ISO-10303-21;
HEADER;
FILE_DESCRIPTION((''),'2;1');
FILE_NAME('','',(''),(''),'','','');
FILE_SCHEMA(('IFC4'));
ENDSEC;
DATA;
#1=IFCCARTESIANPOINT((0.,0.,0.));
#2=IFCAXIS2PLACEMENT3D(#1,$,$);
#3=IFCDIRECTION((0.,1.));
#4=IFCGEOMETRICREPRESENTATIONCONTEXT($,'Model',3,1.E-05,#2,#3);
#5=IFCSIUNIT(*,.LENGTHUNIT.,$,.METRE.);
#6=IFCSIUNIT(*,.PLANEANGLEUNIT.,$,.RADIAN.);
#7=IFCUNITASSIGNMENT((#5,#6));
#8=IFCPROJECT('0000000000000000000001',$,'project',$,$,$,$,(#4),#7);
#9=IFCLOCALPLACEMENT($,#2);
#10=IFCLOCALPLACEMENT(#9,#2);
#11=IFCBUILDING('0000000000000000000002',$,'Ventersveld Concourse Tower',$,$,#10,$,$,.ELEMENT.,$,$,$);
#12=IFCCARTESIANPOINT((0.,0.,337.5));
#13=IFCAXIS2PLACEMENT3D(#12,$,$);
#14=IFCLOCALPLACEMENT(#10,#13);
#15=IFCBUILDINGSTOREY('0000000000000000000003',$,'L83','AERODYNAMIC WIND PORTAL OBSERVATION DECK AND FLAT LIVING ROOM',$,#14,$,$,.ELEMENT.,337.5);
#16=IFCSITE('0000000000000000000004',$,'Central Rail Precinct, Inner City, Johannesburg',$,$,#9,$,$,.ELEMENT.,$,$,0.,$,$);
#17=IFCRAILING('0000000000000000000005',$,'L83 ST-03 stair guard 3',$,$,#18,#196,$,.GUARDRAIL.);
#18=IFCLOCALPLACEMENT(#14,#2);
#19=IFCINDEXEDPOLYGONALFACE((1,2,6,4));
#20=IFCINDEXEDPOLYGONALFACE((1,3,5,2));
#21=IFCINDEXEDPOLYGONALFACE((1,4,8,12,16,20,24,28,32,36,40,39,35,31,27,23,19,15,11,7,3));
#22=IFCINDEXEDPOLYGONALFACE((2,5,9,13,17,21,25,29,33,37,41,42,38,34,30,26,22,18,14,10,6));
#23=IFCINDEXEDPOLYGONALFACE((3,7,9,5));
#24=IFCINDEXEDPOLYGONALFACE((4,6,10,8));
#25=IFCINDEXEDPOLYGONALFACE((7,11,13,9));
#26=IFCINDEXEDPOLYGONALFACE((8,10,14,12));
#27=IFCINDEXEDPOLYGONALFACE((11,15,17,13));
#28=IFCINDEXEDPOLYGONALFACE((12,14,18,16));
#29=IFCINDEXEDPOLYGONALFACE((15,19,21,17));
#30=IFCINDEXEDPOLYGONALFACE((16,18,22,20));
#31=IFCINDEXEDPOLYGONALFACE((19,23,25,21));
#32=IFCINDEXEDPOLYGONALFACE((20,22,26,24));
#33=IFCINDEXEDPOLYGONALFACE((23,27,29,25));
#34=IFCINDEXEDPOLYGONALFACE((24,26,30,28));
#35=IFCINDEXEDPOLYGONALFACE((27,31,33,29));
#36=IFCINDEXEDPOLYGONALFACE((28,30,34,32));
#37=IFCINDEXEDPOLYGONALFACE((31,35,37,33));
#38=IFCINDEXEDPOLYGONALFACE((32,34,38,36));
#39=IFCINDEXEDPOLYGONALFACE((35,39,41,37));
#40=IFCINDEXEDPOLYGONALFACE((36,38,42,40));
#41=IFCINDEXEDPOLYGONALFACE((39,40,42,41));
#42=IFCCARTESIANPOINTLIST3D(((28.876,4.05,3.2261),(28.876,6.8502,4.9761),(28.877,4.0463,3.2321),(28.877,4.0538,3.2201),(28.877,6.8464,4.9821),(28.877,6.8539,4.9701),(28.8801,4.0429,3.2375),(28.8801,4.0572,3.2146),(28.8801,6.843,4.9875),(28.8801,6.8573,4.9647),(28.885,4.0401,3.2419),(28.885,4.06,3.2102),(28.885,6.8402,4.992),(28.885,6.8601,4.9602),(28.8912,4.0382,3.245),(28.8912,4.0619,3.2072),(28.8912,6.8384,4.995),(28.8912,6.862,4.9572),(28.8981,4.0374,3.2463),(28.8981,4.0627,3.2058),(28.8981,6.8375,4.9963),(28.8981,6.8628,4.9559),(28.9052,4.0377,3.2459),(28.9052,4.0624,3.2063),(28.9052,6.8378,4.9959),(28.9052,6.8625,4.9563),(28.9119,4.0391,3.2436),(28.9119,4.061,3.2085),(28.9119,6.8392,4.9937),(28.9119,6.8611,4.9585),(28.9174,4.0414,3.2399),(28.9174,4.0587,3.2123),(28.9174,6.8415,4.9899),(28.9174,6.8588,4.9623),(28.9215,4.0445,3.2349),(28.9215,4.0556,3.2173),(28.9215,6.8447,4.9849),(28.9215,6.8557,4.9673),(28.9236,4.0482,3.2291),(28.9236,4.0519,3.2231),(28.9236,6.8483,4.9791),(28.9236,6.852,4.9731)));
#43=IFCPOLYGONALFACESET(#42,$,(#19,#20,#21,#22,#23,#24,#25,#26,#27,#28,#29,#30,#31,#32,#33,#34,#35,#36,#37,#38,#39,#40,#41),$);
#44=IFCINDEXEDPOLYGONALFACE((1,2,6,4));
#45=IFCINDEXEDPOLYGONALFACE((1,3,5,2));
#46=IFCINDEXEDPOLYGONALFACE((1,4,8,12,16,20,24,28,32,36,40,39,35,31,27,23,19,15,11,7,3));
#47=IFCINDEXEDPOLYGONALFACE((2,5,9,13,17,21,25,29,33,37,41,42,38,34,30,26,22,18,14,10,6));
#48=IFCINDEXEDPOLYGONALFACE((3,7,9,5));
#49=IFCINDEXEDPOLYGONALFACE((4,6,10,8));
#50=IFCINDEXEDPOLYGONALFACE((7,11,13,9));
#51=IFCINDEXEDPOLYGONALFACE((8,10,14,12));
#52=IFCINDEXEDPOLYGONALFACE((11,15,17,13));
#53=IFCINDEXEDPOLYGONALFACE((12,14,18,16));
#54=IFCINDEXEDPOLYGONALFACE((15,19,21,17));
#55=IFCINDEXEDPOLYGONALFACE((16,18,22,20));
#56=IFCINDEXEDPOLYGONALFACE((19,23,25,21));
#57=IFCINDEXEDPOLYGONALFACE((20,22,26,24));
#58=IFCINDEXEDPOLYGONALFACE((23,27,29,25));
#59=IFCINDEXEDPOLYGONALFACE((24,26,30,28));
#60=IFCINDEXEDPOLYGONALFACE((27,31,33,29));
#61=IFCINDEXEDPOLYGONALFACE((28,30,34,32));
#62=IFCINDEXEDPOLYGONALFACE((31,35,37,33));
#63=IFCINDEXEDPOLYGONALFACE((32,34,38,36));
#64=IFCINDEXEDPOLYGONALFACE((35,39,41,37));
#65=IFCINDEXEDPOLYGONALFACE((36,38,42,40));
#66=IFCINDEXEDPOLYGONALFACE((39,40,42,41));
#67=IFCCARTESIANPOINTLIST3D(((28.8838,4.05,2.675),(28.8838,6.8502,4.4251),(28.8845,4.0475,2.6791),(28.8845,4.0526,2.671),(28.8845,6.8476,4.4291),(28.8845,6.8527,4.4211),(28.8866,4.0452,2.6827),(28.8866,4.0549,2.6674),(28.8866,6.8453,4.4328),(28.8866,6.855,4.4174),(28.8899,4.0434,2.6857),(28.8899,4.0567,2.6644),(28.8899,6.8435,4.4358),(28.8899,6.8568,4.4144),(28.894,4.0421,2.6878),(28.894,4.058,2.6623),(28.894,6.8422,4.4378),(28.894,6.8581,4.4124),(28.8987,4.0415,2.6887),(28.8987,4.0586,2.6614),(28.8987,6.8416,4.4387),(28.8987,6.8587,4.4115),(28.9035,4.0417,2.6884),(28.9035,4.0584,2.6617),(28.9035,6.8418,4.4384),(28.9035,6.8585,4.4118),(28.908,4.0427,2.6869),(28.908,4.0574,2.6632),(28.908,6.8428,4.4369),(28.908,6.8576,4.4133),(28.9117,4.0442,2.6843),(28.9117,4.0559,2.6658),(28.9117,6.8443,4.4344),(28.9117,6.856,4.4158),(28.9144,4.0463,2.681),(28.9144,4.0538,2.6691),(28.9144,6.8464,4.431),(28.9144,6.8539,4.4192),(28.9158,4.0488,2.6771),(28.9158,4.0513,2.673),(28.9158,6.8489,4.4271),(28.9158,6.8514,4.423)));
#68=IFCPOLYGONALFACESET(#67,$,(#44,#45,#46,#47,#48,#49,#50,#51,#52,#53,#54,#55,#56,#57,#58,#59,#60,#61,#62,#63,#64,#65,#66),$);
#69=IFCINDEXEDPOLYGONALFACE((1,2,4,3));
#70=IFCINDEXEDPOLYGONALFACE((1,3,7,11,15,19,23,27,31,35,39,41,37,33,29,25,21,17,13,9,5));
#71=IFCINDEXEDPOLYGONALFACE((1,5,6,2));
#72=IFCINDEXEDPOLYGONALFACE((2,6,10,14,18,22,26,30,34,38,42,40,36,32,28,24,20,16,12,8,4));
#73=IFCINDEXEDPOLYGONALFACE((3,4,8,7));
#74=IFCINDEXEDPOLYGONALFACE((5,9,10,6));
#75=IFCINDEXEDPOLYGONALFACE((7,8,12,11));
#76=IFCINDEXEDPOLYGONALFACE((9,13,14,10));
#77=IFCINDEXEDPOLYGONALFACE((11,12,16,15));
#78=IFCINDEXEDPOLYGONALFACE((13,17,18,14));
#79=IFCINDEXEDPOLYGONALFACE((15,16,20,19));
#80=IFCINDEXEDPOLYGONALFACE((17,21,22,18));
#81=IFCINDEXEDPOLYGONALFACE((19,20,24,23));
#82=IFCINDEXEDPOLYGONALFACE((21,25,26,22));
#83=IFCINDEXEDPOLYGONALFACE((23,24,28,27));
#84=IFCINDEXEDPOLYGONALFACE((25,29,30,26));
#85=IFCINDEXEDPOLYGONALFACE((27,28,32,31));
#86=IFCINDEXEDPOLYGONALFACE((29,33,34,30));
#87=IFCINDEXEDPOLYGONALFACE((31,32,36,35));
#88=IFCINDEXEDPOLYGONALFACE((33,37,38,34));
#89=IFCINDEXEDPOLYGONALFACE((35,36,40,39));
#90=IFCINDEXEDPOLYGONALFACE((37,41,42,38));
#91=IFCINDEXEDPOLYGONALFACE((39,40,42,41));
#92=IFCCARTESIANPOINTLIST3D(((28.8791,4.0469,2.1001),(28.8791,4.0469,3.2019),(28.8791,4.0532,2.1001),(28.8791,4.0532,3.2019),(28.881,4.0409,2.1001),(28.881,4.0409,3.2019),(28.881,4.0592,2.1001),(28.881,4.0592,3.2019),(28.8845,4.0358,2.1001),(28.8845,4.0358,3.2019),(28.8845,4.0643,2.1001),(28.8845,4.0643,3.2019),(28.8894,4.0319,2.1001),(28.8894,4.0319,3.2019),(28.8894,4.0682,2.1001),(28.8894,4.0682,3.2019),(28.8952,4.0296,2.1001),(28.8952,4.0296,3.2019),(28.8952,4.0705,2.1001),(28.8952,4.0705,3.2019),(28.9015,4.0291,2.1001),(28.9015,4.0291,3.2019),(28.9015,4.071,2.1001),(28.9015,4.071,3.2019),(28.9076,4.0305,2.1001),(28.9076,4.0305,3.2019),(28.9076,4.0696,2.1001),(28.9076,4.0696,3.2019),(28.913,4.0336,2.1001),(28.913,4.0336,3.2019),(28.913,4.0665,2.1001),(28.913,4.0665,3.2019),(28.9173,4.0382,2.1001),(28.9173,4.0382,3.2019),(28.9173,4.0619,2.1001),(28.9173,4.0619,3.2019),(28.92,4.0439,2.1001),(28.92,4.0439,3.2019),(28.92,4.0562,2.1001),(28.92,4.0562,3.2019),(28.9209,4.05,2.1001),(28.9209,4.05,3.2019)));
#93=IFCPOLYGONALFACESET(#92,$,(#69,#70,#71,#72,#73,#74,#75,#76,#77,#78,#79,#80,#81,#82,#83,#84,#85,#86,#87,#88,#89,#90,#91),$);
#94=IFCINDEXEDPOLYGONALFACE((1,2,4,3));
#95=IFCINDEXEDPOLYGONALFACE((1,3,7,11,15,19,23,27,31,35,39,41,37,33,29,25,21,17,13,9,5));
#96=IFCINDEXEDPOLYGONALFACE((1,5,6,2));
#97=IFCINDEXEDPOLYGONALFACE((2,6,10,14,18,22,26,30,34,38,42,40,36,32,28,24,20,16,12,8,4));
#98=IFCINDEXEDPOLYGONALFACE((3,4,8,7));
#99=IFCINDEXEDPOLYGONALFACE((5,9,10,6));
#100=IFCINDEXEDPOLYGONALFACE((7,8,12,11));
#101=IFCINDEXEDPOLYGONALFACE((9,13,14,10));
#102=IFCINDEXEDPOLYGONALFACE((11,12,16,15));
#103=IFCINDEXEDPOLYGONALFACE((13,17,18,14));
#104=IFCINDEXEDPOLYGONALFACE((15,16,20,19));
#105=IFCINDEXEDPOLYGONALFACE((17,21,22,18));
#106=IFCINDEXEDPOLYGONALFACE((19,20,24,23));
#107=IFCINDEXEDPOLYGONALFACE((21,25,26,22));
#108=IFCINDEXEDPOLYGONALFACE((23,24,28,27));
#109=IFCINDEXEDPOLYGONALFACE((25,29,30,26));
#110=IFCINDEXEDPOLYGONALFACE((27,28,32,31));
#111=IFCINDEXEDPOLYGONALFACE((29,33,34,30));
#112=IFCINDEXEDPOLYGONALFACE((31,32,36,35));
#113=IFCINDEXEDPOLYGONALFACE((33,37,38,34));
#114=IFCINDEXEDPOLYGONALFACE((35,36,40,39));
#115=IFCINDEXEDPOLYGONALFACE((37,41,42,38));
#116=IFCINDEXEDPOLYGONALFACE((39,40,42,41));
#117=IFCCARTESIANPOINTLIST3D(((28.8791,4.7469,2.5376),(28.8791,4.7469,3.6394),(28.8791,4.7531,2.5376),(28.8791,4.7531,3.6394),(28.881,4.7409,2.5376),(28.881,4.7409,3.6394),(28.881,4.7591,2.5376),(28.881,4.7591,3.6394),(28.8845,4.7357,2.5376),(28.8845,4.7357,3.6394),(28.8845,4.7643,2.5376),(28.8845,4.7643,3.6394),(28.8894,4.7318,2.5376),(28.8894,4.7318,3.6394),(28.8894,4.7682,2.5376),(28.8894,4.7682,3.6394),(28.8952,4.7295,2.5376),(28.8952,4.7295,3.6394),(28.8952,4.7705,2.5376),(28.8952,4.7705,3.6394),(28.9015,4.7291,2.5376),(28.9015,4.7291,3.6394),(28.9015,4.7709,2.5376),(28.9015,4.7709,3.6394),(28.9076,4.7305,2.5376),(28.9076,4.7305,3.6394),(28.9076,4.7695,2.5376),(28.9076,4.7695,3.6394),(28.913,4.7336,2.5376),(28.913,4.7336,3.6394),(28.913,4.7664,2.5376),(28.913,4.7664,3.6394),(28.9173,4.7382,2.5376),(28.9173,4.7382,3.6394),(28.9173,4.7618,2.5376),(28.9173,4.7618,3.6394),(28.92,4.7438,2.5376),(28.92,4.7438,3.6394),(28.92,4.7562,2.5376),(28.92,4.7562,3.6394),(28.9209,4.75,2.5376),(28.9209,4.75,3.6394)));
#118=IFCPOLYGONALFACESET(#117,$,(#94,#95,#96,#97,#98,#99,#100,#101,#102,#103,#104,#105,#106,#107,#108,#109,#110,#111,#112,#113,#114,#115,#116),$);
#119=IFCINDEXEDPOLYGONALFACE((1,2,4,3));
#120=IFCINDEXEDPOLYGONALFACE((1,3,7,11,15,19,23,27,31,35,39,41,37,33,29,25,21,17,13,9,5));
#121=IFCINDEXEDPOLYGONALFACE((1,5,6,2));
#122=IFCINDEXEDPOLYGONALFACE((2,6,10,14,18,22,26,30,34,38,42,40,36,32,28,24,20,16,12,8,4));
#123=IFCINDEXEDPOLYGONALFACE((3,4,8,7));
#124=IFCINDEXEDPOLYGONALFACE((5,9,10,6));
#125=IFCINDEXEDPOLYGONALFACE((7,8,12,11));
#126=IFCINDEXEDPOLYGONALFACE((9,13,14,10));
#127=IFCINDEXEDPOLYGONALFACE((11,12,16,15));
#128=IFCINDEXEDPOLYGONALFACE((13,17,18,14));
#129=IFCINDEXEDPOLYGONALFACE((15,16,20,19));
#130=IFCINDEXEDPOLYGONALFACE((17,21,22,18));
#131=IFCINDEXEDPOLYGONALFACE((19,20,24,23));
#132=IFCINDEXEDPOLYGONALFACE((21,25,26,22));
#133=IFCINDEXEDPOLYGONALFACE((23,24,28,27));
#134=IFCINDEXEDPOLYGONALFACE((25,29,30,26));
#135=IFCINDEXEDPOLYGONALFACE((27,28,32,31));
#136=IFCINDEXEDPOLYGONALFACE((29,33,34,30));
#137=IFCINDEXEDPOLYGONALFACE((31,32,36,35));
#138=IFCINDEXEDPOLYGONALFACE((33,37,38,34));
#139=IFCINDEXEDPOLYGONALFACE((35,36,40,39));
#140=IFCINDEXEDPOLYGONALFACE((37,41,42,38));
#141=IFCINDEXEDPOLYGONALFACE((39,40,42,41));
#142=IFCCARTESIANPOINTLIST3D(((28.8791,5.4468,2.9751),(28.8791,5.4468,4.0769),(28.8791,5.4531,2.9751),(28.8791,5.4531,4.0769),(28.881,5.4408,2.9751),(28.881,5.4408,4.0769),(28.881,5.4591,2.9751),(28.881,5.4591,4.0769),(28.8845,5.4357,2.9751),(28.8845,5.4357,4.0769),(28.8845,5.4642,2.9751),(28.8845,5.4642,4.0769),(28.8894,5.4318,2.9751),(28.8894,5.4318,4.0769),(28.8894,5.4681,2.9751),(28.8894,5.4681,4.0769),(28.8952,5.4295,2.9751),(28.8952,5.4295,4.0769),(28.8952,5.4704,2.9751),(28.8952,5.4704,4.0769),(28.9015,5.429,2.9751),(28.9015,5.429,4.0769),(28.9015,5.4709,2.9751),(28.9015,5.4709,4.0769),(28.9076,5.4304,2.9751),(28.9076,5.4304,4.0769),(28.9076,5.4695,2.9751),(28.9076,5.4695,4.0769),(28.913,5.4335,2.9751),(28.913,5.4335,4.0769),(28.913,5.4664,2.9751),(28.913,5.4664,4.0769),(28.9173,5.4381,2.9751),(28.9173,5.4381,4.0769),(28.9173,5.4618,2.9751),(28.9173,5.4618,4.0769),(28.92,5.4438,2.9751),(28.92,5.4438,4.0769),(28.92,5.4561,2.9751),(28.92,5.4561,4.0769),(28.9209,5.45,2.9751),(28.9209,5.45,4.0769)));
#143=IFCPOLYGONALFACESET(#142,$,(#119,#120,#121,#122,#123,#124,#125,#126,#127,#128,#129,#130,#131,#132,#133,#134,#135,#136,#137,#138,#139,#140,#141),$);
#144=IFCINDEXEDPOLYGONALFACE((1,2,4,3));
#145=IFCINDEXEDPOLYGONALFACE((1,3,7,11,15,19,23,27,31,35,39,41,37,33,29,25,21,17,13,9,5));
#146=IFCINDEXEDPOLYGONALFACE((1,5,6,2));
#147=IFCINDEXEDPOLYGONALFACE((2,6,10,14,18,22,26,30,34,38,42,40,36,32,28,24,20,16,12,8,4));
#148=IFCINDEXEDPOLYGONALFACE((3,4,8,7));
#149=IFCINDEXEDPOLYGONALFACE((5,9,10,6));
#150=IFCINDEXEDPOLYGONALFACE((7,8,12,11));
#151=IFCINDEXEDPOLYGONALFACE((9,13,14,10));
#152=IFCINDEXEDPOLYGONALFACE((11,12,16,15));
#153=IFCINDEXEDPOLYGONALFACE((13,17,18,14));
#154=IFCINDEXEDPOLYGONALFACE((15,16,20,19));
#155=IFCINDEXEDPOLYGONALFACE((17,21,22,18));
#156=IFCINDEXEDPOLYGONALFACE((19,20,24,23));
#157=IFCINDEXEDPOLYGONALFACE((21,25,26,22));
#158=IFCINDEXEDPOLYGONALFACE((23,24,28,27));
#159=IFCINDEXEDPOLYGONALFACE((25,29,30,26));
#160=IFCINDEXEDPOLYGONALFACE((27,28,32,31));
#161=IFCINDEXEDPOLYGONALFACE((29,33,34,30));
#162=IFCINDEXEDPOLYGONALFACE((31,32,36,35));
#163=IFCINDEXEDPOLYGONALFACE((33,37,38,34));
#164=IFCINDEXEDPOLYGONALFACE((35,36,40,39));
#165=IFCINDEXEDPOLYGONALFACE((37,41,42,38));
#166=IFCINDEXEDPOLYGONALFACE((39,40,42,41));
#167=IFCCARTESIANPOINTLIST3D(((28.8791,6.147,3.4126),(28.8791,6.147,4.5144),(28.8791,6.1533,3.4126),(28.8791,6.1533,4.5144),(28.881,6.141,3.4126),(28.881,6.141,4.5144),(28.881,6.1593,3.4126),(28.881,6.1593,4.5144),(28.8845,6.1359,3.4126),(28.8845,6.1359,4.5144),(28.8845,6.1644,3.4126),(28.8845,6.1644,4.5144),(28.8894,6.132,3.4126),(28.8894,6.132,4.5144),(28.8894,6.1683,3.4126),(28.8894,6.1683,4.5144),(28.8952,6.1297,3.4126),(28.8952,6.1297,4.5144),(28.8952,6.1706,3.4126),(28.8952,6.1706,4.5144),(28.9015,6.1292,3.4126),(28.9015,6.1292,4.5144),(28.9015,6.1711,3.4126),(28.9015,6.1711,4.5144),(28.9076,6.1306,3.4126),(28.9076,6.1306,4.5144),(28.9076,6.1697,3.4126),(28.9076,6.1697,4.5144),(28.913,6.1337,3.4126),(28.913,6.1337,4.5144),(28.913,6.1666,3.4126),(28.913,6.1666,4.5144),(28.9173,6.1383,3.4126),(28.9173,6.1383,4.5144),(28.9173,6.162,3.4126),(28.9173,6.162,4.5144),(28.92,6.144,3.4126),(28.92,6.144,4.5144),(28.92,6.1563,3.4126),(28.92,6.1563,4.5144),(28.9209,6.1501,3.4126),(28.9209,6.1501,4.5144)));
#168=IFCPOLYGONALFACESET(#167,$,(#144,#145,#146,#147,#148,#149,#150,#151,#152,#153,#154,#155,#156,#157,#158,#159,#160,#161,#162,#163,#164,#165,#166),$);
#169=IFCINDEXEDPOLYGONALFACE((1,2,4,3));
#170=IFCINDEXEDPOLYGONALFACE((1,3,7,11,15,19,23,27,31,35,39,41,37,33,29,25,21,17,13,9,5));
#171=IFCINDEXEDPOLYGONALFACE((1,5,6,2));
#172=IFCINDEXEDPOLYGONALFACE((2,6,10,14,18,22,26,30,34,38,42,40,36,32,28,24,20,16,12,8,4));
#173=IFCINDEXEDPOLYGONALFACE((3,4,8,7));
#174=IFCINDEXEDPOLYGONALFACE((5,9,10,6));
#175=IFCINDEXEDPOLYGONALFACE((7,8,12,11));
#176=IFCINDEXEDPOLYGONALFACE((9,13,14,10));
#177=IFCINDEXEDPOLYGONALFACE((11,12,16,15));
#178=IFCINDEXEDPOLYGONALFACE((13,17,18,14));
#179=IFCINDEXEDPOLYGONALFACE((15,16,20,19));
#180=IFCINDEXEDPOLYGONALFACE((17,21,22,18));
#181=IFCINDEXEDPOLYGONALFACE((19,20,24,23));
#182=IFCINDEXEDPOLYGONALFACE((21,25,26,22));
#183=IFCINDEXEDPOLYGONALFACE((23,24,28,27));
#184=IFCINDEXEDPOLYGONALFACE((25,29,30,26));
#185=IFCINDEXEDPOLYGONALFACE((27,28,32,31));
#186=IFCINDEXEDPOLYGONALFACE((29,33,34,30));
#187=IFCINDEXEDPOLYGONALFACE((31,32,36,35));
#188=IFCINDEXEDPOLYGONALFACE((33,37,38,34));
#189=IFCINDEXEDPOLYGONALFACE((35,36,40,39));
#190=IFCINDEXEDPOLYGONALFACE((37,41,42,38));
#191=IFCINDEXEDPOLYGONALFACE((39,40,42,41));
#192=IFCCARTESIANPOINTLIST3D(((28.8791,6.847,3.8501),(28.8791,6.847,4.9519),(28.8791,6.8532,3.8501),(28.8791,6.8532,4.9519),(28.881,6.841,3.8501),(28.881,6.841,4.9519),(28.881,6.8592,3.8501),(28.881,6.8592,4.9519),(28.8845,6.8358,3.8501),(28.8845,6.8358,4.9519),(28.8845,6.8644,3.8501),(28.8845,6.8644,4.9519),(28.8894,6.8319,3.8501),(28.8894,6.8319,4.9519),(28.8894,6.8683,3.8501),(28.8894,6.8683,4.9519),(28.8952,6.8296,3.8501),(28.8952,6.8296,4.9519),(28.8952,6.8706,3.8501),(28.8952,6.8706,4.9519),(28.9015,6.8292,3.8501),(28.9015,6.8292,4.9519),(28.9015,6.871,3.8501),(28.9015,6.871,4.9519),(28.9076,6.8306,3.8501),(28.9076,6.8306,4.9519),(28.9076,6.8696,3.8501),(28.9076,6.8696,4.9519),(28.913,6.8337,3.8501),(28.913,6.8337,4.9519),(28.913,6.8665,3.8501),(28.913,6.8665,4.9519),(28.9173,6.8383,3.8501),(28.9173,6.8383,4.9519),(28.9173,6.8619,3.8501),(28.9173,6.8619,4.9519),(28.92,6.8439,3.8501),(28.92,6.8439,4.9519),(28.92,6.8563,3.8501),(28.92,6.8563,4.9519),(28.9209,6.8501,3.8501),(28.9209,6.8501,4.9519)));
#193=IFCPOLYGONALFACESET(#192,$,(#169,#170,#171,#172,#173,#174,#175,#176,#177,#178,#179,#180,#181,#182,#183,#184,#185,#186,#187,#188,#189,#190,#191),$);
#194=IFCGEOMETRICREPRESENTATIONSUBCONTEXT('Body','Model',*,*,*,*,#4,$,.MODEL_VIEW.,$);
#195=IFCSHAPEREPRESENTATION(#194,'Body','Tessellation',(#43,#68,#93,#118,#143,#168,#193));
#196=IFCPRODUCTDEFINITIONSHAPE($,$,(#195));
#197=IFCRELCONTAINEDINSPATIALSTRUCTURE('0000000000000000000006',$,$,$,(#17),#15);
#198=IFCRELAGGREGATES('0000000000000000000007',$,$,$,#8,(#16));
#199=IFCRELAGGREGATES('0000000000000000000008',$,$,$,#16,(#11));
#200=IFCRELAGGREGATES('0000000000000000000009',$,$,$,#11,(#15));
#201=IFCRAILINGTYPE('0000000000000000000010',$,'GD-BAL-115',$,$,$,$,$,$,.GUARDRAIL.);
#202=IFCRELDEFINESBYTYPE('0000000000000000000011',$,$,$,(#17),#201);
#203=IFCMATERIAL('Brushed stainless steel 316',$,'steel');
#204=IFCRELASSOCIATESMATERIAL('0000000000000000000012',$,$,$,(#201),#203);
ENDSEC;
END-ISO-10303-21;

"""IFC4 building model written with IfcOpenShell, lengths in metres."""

from ifc_helpers import new_model, si_unit, direction, frame, origin, origin_2d, place, context, subcontext, project, spatial, circle, extrude, material, type_object, element, save


model = new_model("IFC4")

# Units and contexts
model_context = context("Model", 3, precision=1e-05, world=origin(), true_north=direction((0.0, 1.0)))
body_context = subcontext(model_context, "Body", "Model", "MODEL_VIEW")
ifc_project = project(units=[si_unit("LENGTHUNIT", "METRE"), si_unit("PLANEANGLEUNIT", "RADIAN")], contexts=[model_context])

# Site, building, storey
site_placement = place(None, origin())
site = spatial("IfcSite", under=ifc_project, at=site_placement, Name="Central Rail Precinct, Inner City, Johannesburg", CompositionType="ELEMENT", RefElevation=0.0)
building_placement = place(site_placement, origin())
building = spatial("IfcBuilding", under=site, at=building_placement, Name="Ventersveld Concourse Tower", CompositionType="ELEMENT")
storey_placement = place(building_placement, frame((0.0, 0.0, 337.5)))
storey = spatial("IfcBuildingStorey", under=building, at=storey_placement, Name="L83", Description="AERODYNAMIC WIND PORTAL OBSERVATION DECK AND FLAT LIVING ROOM", CompositionType="ELEMENT", Elevation=337.5)

# Railing
ifc_material_1 = material(Name="Brushed stainless steel 316", Category="steel")
railing_type_1 = type_object("IfcRailingType", Name="GD-BAL-115", PredefinedType="GUARDRAIL", material=ifc_material_1)
railing_1_placement = place(storey_placement, frame((28.8999, 4.05, 2.1001)))
element("IfcRailing", 1, at=railing_1_placement, inside=storey, type_object=railing_type_1, Name="L83 ST-03 stair guard 3", PredefinedType="GUARDRAIL", context=body_context, shape_type="SweptSolid", body=[
    extrude(circle(Radius=0.0239, at=origin_2d()), frame((0.0, 0.0, 1.126), z_axis=(0.0, 0.848002, 0.529992), x_axis=(-1.0, 0.0, 0.0)), (0.0, 0.0, 1.0), 3.302),
    extrude(circle(Radius=0.0161, at=origin_2d()), frame((0.0, 0.0, 0.575), z_axis=(0.0, 0.848002, 0.529992), x_axis=(-1.0, 0.0, 0.0)), (0.0, 0.0, 1.0), 3.302),
    extrude(circle(Radius=0.021, at=origin_2d()), origin(), (0.0, 0.0, 1.0), 1.1018),
    extrude(circle(Radius=0.021, at=origin_2d()), frame((0.0, 0.7, 0.4375)), (0.0, 0.0, 1.0), 1.1018),
    extrude(circle(Radius=0.021, at=origin_2d()), frame((0.0, 1.3999, 0.875)), (0.0, 0.0, 1.0), 1.1018),
    extrude(circle(Radius=0.021, at=origin_2d()), frame((0.0, 2.1001, 1.3125)), (0.0, 0.0, 1.0), 1.1018),
    extrude(circle(Radius=0.021, at=origin_2d()), frame((0.0, 2.8, 1.75)), (0.0, 0.0, 1.0), 1.1018),
])

save(model, "model.ifc")
